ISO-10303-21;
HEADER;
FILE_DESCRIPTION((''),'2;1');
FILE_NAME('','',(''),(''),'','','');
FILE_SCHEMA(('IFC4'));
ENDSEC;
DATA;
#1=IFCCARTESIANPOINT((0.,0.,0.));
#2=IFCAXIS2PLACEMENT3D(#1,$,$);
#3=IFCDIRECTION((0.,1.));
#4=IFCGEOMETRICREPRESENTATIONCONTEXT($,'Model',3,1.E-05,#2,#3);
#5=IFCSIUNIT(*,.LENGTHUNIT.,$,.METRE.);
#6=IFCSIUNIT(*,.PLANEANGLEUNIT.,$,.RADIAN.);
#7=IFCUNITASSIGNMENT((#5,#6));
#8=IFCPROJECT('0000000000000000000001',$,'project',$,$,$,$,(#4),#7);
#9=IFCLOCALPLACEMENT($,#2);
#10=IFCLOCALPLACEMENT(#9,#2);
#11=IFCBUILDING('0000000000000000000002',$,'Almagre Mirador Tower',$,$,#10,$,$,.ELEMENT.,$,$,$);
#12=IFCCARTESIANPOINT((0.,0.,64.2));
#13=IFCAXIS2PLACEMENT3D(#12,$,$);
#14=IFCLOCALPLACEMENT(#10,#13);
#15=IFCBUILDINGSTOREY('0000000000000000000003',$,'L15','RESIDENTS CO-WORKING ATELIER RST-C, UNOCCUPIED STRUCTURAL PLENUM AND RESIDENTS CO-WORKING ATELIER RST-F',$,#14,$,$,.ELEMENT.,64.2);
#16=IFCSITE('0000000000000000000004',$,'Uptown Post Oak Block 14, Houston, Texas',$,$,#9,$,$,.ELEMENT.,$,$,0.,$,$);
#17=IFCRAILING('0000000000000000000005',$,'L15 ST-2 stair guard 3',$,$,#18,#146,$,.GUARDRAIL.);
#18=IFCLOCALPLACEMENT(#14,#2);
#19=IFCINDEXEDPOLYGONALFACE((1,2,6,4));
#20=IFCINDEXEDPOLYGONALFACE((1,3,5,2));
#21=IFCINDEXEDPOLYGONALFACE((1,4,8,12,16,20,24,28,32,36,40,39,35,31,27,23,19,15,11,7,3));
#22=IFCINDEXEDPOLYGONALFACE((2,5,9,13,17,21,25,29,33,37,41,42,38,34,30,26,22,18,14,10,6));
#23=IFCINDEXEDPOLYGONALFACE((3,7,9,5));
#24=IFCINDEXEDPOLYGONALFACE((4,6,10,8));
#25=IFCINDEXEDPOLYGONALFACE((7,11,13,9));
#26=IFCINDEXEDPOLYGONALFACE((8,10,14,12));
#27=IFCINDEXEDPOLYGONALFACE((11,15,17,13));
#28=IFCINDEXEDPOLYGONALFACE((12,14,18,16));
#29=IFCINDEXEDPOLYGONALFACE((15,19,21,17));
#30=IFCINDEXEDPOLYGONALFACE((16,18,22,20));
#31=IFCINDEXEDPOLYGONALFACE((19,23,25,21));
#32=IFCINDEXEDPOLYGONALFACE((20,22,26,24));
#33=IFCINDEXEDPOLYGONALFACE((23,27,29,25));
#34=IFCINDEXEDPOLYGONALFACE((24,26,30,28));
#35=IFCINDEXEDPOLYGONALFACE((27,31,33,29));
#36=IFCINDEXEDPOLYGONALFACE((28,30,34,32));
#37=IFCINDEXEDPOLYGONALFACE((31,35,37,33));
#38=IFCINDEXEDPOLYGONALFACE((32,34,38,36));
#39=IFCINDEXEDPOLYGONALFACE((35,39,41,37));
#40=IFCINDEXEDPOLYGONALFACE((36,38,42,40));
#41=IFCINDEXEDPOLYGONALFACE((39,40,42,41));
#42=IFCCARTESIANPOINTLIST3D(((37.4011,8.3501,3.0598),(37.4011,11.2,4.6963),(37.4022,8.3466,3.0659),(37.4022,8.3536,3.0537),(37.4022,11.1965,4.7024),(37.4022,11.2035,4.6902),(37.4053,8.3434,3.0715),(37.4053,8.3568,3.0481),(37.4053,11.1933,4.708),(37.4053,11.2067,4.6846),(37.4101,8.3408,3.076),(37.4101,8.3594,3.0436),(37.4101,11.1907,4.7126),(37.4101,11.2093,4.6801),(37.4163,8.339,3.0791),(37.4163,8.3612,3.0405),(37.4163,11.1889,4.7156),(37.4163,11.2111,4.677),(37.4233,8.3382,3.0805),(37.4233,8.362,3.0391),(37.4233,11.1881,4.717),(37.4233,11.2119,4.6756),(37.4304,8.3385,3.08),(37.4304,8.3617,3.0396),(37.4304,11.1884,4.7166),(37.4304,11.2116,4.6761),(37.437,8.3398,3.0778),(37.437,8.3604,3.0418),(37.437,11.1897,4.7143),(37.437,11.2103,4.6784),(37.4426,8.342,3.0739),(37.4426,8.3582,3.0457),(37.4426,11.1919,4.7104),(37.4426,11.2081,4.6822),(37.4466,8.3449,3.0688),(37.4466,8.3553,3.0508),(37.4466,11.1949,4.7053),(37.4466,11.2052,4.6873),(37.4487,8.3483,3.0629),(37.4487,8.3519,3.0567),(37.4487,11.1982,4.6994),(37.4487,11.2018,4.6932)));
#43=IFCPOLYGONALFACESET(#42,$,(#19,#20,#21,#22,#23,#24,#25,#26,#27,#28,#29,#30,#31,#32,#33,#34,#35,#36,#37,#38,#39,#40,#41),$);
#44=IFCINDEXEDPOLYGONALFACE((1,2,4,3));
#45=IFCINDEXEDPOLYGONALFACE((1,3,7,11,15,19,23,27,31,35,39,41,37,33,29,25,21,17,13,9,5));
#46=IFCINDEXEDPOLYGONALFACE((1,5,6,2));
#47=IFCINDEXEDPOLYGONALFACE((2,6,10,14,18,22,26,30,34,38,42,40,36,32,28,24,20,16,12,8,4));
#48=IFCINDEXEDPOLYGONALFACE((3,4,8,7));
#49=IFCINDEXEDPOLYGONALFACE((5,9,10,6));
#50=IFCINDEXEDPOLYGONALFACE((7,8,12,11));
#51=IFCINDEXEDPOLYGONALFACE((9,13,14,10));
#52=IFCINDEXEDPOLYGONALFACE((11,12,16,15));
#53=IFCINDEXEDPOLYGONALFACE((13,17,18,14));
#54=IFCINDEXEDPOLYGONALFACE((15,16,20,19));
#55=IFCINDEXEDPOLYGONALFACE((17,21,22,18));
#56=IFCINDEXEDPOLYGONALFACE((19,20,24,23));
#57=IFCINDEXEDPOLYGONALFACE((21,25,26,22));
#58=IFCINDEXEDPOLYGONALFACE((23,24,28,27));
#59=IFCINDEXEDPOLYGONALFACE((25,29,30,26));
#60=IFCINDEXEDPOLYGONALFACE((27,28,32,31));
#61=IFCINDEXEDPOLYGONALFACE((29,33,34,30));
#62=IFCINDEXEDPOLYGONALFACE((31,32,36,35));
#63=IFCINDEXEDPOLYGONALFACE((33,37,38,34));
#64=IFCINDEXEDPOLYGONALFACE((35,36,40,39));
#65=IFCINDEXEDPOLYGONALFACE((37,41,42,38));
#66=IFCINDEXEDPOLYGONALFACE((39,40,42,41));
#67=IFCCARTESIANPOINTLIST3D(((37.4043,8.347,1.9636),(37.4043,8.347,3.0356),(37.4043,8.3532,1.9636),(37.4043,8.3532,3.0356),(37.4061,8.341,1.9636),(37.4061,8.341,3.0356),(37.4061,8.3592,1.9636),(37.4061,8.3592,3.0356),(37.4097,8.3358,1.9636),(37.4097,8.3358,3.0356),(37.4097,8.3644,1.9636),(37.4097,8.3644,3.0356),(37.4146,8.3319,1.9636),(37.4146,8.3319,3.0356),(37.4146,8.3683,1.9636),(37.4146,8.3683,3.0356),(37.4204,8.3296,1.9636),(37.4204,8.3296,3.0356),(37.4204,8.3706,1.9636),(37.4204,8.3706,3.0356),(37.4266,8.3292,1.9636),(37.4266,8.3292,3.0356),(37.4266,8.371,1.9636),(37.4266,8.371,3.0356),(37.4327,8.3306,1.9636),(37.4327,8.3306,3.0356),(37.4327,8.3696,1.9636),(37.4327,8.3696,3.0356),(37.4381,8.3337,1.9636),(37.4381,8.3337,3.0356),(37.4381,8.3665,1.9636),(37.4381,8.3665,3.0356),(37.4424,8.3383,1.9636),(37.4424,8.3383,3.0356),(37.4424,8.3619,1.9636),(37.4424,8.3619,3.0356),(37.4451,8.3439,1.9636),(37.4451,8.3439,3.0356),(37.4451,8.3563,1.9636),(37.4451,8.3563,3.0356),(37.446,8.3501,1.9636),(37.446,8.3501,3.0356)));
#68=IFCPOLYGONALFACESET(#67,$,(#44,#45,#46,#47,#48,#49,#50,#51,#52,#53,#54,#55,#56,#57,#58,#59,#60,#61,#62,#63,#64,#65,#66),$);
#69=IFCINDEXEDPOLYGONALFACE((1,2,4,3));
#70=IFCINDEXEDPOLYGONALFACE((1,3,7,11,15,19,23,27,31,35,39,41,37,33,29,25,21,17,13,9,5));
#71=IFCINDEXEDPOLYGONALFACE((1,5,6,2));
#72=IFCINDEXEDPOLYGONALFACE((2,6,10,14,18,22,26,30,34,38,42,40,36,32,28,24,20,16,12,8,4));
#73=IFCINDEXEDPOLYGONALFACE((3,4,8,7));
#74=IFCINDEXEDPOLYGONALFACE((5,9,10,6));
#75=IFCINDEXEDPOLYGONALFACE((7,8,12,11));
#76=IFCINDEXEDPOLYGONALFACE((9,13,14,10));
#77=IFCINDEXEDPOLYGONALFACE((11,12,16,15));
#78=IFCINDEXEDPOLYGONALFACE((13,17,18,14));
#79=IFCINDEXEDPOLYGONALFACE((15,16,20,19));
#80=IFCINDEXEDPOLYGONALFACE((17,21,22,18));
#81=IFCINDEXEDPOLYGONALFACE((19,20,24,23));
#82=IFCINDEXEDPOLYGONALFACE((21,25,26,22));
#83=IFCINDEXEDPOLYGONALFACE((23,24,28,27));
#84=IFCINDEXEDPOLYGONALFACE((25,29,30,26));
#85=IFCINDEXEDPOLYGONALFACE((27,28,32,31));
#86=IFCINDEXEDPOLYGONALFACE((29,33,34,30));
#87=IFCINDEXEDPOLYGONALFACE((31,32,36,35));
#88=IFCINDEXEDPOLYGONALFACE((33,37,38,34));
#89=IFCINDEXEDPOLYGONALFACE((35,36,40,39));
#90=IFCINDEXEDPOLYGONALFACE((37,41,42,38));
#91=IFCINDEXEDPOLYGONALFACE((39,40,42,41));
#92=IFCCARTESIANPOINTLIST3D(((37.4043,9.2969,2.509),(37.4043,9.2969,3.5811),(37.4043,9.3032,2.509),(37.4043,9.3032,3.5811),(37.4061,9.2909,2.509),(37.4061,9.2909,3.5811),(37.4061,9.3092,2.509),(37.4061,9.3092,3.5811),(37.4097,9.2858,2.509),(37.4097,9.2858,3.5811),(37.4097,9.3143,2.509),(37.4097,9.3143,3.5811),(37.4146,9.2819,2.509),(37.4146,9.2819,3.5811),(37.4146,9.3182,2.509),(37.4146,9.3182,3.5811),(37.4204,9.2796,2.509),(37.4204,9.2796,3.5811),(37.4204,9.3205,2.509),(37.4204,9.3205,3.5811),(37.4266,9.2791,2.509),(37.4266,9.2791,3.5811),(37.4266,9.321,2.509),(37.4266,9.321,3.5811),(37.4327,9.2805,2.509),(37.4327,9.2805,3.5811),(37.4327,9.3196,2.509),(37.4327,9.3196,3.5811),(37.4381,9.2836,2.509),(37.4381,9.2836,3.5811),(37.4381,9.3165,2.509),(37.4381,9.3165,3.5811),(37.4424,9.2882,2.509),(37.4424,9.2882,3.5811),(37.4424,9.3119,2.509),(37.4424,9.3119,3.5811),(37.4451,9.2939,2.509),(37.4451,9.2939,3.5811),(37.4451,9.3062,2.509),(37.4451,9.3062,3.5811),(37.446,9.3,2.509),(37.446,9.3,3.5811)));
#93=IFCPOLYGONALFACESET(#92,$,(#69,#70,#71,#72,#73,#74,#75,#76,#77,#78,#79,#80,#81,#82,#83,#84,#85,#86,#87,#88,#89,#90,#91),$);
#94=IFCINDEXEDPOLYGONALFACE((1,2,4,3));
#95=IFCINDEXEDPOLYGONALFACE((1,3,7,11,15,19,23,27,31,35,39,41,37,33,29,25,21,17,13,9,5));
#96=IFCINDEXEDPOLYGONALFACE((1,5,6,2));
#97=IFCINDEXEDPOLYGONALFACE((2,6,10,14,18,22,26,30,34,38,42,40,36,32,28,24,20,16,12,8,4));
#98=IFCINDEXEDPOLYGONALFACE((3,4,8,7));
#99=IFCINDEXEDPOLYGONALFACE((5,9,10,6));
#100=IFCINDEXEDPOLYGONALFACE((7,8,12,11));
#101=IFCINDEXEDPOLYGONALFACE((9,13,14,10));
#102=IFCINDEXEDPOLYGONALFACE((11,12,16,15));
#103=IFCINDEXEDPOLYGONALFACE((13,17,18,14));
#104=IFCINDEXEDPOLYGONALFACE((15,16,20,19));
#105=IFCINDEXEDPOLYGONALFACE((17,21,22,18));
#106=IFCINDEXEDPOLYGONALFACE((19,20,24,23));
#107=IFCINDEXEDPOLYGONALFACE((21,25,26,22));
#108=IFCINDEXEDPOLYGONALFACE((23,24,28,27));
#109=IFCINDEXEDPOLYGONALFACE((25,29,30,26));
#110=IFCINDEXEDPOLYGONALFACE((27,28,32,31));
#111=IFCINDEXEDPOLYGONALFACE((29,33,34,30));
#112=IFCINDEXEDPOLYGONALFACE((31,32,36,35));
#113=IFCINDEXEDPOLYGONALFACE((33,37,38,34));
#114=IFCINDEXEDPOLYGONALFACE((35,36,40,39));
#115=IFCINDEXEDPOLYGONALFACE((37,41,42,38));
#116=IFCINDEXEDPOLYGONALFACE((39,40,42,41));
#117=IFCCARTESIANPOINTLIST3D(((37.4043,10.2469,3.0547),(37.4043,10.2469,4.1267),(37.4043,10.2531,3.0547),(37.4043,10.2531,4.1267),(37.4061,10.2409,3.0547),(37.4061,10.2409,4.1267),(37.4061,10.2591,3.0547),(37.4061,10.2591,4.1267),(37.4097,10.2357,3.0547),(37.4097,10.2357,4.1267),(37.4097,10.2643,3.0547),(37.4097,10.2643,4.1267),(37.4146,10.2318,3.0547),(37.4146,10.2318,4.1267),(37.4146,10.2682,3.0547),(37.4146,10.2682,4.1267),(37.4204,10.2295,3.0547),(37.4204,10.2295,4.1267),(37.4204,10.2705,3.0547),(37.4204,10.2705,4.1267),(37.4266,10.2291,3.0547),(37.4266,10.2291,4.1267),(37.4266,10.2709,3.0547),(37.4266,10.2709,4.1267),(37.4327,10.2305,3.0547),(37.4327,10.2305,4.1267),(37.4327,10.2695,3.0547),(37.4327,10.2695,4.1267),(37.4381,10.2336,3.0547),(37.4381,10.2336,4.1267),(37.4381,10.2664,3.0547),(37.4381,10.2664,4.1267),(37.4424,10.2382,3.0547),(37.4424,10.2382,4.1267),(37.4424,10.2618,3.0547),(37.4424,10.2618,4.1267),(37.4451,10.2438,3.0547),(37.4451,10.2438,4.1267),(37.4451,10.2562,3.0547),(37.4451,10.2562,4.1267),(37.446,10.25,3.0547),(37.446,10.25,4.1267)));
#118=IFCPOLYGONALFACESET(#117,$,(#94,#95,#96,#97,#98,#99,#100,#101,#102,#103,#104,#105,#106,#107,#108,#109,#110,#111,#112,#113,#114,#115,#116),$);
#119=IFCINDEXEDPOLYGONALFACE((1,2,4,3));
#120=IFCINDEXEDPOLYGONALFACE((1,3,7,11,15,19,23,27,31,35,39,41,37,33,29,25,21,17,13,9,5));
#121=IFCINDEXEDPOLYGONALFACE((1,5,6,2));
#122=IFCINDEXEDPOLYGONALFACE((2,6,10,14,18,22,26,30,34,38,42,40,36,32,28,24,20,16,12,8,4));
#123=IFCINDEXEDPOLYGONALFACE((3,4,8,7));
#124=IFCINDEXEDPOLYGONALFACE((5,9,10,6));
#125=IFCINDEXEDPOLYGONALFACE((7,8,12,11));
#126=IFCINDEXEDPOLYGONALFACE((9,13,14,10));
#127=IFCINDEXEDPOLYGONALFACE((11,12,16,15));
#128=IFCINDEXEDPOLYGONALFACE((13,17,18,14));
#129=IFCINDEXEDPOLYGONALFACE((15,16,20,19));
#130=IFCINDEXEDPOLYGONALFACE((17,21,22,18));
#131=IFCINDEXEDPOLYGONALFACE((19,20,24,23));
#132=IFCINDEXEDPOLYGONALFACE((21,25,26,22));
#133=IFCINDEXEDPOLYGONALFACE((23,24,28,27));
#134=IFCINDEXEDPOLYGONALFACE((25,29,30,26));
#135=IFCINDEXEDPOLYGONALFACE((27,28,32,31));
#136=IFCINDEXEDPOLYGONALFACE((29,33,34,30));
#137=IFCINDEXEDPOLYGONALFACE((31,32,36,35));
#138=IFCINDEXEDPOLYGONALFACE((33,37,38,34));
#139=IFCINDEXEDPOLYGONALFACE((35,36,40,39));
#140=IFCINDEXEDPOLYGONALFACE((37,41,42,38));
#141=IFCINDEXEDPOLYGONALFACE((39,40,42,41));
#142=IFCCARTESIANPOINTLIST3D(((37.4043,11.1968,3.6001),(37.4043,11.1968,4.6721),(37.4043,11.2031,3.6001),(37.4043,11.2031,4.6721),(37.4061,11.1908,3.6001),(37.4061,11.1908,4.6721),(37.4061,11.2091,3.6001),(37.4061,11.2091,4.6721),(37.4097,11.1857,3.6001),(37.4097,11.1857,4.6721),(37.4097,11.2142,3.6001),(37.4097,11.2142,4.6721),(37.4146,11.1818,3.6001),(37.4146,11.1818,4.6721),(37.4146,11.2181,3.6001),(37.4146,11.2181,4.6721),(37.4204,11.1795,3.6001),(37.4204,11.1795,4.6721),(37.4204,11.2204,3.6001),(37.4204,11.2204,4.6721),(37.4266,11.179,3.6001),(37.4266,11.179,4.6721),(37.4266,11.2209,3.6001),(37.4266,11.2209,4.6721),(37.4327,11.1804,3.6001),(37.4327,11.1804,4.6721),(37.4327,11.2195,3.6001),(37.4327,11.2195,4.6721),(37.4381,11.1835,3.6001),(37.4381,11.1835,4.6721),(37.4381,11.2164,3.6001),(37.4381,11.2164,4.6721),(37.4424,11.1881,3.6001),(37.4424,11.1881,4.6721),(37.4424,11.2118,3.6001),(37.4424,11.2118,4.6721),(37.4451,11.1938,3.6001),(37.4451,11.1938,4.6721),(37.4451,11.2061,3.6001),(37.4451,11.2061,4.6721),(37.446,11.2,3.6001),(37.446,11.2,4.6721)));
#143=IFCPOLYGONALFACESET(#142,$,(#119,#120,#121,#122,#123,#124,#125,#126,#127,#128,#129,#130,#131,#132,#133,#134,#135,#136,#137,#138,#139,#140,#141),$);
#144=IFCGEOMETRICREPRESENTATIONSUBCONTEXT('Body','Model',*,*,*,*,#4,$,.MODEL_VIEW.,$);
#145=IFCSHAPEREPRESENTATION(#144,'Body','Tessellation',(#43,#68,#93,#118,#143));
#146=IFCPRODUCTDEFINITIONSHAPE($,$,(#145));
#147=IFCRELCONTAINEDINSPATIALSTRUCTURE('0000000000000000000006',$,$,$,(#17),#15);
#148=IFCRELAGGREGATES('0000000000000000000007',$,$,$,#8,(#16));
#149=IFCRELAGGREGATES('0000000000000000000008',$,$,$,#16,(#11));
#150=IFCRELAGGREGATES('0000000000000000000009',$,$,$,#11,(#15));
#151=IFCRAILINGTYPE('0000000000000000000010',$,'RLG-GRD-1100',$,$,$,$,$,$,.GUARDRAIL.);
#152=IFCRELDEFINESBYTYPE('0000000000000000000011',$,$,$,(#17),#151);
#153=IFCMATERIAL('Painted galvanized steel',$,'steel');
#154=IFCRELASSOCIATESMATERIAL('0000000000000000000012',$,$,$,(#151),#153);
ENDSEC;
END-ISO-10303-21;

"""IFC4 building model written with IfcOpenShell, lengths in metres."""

from ifc_helpers import new_model, si_unit, direction, frame, origin, origin_2d, place, context, subcontext, project, spatial, circle, extrude, material, type_object, element, save


model = new_model("IFC4")

# Units and contexts
model_context = context("Model", 3, precision=1e-05, world=origin(), true_north=direction((0.0, 1.0)))
body_context = subcontext(model_context, "Body", "Model", "MODEL_VIEW")
ifc_project = project(units=[si_unit("LENGTHUNIT", "METRE"), si_unit("PLANEANGLEUNIT", "RADIAN")], contexts=[model_context])

# Site, building, storey
site_placement = place(None, origin())
site = spatial("IfcSite", under=ifc_project, at=site_placement, Name="Uptown Post Oak Block 14, Houston, Texas", CompositionType="ELEMENT", RefElevation=0.0)
building_placement = place(site_placement, origin())
building = spatial("IfcBuilding", under=site, at=building_placement, Name="Almagre Mirador Tower", CompositionType="ELEMENT")
storey_placement = place(building_placement, frame((0.0, 0.0, 64.2)))
storey = spatial("IfcBuildingStorey", under=building, at=storey_placement, Name="L15", Description="RESIDENTS CO-WORKING ATELIER RST-C, UNOCCUPIED STRUCTURAL PLENUM AND RESIDENTS CO-WORKING ATELIER RST-F", CompositionType="ELEMENT", Elevation=64.2)

# Railing
ifc_material_1 = material(Name="Painted galvanized steel", Category="steel")
railing_type_1 = type_object("IfcRailingType", Name="RLG-GRD-1100", PredefinedType="GUARDRAIL", material=ifc_material_1)
railing_1_placement = place(storey_placement, frame((37.425, 8.3501, 1.9636)))
element("IfcRailing", 1, at=railing_1_placement, inside=storey, type_object=railing_type_1, Name="L15 ST-2 stair guard 3", PredefinedType="GUARDRAIL", context=body_context, shape_type="SweptSolid", body=[
    extrude(circle(Radius=0.0239, at=origin_2d()), frame((0.0, 0.0, 1.0962), z_axis=(0.0, 0.867194, 0.49797), x_axis=(-1.0, 0.0, 0.0)), (0.0, 0.0, 1.0), 3.2864),
    extrude(circle(Radius=0.021, at=origin_2d()), origin(), (0.0, 0.0, 1.0), 1.072),
    extrude(circle(Radius=0.021, at=origin_2d()), frame((0.0, 0.95, 0.5454)), (0.0, 0.0, 1.0), 1.072),
    extrude(circle(Radius=0.021, at=origin_2d()), frame((0.0, 1.8999, 1.0911)), (0.0, 0.0, 1.0), 1.072),
    extrude(circle(Radius=0.021, at=origin_2d()), frame((0.0, 2.8499, 1.6365)), (0.0, 0.0, 1.0), 1.072),
])

save(model, "model.ifc")
